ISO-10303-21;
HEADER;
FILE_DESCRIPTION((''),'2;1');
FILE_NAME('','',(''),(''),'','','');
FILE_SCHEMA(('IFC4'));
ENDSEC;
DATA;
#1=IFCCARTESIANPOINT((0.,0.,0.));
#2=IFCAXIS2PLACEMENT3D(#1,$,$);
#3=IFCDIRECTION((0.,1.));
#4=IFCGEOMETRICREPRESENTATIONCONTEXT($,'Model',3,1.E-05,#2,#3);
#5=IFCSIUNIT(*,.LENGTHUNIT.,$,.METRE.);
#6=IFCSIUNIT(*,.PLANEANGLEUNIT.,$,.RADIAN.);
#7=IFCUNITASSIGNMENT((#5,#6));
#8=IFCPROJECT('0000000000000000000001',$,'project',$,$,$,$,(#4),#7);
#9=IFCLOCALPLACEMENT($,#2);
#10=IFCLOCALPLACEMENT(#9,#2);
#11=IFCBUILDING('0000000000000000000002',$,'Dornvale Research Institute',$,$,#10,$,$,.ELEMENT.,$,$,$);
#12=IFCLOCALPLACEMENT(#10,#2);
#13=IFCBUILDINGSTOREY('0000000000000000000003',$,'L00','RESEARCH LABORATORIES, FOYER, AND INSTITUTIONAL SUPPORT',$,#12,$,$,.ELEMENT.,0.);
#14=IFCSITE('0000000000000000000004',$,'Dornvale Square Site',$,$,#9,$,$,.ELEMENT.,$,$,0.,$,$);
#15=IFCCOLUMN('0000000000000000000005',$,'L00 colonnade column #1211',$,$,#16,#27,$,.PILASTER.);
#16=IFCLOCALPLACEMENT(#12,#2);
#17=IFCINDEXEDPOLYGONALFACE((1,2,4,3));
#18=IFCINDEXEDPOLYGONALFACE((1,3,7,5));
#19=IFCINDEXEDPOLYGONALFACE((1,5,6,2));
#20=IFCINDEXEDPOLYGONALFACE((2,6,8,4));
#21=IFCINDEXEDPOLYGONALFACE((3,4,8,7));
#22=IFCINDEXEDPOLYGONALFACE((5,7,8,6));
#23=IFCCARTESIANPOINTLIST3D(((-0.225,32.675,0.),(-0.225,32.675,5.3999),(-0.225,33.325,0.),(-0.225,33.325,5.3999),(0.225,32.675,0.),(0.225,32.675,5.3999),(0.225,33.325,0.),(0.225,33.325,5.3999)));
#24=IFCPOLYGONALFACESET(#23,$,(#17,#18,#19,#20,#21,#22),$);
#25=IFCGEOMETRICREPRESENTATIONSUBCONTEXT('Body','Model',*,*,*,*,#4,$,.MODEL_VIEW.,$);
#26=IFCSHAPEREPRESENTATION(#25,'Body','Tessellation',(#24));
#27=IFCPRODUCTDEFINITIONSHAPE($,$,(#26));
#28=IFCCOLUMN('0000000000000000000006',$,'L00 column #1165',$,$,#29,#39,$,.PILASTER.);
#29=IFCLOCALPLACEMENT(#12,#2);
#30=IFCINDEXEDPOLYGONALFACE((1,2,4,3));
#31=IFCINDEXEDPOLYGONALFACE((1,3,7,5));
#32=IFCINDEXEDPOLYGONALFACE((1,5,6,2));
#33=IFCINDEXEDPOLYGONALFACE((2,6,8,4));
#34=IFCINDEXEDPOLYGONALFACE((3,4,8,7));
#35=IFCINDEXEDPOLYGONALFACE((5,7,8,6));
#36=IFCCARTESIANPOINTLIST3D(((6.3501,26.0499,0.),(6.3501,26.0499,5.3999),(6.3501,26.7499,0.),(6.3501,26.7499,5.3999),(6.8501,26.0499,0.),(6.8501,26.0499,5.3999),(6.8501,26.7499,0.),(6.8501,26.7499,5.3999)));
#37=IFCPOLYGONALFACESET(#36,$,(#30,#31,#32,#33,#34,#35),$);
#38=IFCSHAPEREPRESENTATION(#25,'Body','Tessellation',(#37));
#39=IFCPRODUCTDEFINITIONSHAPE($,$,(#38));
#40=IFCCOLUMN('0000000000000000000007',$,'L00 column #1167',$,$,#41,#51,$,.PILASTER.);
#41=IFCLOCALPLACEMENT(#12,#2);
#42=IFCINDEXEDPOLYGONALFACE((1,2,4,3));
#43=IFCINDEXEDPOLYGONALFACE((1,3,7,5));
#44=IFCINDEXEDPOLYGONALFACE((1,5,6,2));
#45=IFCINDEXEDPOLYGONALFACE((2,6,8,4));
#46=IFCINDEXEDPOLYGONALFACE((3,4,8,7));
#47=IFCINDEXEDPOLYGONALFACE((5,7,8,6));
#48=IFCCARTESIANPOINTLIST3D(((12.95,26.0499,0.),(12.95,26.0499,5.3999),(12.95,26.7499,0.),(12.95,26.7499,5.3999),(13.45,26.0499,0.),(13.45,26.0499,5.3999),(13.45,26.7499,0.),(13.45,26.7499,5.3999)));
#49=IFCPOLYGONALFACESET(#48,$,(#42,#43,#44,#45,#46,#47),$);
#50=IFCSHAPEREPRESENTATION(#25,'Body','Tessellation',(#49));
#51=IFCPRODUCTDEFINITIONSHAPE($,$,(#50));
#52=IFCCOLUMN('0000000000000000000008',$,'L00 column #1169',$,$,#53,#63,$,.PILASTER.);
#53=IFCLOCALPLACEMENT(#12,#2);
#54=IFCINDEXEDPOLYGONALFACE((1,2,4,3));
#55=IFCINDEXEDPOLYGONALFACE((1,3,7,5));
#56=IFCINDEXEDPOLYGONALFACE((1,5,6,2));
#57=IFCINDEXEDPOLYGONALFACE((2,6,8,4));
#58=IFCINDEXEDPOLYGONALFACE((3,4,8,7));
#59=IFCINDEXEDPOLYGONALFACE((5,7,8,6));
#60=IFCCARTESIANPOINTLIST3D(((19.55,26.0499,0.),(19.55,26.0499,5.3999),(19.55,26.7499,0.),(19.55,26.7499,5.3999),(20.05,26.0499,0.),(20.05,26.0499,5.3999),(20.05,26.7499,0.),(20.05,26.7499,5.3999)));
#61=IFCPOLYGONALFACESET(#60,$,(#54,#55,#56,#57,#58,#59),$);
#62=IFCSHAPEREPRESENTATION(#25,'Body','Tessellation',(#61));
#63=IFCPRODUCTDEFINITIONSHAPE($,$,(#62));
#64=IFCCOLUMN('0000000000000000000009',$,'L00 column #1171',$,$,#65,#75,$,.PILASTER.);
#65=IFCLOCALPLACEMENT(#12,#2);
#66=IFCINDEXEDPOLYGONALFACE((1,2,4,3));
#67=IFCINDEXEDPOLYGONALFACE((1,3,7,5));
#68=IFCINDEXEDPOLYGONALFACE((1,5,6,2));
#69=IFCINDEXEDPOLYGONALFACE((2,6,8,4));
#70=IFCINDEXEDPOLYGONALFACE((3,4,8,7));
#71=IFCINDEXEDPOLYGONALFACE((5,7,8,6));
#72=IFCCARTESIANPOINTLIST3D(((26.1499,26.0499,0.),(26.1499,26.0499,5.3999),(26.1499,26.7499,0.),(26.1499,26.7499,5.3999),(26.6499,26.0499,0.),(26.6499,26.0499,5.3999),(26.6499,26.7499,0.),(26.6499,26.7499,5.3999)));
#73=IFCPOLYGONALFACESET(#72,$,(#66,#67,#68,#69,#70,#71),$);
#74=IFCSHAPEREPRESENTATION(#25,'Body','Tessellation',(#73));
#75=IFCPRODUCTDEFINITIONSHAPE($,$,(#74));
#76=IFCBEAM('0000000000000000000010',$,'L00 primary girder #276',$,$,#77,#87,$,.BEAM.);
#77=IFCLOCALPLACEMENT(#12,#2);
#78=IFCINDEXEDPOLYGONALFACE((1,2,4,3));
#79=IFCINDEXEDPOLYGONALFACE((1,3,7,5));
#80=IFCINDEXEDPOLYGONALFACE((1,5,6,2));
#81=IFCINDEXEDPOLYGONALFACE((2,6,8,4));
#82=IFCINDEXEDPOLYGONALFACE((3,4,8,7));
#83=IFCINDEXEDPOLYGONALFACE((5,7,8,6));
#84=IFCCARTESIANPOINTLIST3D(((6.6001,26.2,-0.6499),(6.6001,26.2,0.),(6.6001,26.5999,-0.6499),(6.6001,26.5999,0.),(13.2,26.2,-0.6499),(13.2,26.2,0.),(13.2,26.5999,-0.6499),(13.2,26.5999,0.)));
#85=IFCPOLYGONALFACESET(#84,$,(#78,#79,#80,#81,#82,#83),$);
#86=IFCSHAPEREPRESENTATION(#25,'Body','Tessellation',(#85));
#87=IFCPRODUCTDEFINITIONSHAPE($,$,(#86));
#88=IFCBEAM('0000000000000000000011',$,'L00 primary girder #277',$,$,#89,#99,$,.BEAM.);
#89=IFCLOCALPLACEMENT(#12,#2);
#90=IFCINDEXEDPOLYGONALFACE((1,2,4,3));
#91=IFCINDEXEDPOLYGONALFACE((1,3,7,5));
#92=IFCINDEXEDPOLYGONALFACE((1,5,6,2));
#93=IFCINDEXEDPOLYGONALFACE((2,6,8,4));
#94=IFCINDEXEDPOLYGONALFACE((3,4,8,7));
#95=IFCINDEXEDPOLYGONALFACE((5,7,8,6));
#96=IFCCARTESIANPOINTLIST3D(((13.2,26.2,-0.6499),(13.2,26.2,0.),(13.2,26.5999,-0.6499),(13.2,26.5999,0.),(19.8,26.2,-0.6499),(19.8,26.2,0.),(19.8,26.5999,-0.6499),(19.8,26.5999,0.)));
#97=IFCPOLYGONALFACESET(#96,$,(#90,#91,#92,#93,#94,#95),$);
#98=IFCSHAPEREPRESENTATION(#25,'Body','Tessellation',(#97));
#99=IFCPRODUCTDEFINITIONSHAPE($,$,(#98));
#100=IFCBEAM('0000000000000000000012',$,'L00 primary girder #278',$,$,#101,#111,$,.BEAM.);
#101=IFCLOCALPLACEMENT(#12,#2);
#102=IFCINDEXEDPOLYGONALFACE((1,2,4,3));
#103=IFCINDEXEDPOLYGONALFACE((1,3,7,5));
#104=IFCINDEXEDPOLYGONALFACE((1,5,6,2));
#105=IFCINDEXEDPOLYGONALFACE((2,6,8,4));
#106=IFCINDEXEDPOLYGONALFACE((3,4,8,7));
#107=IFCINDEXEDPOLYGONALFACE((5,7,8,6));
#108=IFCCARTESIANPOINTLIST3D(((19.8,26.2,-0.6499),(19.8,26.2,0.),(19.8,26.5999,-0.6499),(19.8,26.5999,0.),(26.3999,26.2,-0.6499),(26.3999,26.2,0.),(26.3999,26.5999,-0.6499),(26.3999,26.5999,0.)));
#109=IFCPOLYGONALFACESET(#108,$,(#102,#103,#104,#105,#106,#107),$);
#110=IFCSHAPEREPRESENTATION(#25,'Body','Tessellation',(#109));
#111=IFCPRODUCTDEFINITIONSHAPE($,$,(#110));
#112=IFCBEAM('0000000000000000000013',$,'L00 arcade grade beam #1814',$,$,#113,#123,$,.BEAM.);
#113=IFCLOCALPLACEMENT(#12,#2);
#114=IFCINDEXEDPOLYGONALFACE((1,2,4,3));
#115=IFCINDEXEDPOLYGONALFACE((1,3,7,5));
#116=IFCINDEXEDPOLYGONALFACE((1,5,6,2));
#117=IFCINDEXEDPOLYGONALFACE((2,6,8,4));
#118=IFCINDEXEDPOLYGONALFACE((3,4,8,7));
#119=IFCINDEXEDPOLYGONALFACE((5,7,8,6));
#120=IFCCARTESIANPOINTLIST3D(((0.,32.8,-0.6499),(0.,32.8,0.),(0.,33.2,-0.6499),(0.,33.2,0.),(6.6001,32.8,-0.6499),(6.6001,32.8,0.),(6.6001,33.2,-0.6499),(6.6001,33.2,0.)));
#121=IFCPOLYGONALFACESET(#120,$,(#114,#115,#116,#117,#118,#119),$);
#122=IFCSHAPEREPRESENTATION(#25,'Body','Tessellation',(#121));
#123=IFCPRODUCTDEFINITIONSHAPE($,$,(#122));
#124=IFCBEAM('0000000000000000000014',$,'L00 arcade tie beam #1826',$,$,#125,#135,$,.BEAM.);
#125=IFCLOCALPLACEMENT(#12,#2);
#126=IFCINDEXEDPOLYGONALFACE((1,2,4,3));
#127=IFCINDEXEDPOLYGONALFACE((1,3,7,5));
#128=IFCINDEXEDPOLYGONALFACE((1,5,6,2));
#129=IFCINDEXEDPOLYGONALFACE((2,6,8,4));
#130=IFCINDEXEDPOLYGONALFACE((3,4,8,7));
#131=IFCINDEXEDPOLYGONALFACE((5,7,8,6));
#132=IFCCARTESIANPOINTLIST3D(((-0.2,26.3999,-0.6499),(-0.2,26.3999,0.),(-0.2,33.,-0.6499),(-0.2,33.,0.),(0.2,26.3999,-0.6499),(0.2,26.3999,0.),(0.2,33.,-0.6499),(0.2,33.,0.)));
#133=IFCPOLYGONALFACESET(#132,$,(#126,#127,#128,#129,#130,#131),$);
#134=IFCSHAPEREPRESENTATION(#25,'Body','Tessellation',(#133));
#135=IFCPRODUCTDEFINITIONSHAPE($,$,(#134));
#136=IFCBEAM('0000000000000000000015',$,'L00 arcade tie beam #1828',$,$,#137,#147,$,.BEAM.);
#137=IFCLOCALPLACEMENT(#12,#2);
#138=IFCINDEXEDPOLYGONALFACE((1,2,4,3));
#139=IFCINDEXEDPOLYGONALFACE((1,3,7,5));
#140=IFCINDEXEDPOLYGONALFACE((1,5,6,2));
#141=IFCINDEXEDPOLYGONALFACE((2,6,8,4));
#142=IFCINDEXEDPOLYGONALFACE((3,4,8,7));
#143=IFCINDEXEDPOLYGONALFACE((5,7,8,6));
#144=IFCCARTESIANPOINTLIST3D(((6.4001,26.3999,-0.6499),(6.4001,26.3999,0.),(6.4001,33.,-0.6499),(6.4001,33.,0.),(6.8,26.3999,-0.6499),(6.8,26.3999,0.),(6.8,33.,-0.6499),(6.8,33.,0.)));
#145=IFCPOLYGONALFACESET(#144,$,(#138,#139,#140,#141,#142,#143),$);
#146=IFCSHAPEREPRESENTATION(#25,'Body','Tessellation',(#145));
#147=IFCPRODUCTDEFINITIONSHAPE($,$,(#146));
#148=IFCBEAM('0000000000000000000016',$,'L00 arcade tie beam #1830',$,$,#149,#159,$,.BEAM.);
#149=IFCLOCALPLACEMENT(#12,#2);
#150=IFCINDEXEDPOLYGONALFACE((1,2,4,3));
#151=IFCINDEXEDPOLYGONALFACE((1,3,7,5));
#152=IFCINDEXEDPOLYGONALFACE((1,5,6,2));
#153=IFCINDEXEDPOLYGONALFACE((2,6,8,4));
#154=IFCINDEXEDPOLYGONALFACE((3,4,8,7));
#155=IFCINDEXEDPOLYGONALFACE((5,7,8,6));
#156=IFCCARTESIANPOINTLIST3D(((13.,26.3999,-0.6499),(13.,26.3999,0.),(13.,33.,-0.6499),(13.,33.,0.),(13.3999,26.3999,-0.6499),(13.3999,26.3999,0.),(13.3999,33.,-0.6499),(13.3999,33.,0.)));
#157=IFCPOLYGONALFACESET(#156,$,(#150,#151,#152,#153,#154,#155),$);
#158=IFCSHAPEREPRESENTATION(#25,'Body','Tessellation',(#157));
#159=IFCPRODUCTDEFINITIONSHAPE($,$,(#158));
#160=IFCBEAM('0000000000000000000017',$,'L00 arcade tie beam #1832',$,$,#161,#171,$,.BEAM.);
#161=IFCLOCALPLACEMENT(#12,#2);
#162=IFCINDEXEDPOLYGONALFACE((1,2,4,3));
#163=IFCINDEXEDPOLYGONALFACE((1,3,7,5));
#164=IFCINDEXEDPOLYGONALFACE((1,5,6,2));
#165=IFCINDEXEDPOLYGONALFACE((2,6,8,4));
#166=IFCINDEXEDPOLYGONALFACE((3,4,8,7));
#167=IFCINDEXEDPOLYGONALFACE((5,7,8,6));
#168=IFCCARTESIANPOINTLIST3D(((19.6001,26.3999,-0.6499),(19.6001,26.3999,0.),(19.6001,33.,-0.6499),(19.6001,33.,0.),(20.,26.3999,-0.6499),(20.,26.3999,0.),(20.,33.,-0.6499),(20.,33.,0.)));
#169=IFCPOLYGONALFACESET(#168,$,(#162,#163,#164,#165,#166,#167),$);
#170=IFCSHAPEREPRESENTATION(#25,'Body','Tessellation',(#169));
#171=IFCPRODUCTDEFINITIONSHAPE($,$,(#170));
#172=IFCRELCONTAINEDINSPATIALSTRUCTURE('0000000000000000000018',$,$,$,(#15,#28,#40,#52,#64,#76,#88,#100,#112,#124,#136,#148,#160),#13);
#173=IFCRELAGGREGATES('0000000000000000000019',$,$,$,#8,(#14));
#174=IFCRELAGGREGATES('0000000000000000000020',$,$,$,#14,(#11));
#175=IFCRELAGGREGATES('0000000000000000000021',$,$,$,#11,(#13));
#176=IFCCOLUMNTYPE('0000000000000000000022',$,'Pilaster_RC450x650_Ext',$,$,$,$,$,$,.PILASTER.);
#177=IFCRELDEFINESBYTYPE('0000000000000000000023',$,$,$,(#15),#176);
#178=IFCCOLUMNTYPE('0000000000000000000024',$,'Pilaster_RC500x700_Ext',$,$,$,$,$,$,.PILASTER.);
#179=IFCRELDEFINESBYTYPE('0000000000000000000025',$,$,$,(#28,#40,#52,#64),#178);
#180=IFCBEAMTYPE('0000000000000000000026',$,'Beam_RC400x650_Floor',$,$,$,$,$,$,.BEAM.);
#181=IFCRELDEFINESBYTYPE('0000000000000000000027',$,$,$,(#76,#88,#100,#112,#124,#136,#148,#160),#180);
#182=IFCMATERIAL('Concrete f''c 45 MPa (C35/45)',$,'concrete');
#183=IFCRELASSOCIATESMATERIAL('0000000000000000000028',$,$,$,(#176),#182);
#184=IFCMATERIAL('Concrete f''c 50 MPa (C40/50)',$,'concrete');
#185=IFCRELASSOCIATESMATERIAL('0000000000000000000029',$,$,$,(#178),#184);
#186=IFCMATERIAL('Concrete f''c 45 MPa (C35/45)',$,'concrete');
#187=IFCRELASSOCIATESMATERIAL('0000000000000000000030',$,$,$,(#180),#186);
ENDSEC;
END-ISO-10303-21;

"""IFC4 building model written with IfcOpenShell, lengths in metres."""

from ifc_helpers import new_model, si_unit, direction, frame, origin, origin_2d, place, context, subcontext, project, spatial, rectangle, extrude, material, material_profile, profile_set, type_object, element, save


model = new_model("IFC4")

# Units and contexts
model_context = context("Model", 3, precision=1e-05, world=origin(), true_north=direction((0.0, 1.0)))
body_context = subcontext(model_context, "Body", "Model", "MODEL_VIEW")
ifc_project = project(units=[si_unit("LENGTHUNIT", "METRE"), si_unit("PLANEANGLEUNIT", "RADIAN")], contexts=[model_context])

# Site, building, storey
site_placement = place(None, origin())
site = spatial("IfcSite", under=ifc_project, at=site_placement, Name="Dornvale Square Site", CompositionType="ELEMENT", RefElevation=0.0)
building_placement = place(site_placement, origin())
building = spatial("IfcBuilding", under=site, at=building_placement, Name="Dornvale Research Institute", CompositionType="ELEMENT")
storey_placement = place(building_placement, origin())
storey = spatial("IfcBuildingStorey", under=building, at=storey_placement, Name="L00", Description="RESEARCH LABORATORIES, FOYER, AND INSTITUTIONAL SUPPORT", CompositionType="ELEMENT", Elevation=0.0)

# Columns
ifc_material_1 = material(Name="Concrete f'c 45 MPa (C35/45)", Category="concrete")
ifc_material_profile_1 = material_profile(ifc_material_1, rectangle(XDim=0.45, YDim=0.6499, at=origin_2d()), Name="RC 450x650")
ifc_profile_set_1 = profile_set([ifc_material_profile_1], Name="Concrete f'c 45 MPa (C35/45)")
column_type_1 = type_object("IfcColumnType", Name="Pilaster_RC450x650_Ext", PredefinedType="PILASTER", material=ifc_profile_set_1)
column_placement = place(storey_placement, frame((0.0, 33.0, 0.0), z_axis=(0.0, 0.0, 1.0), x_axis=(1.0, 0.0, 0.0)))
element("IfcColumn", 1, at=column_placement, inside=storey, type_object=column_type_1, Name="L00 colonnade column #1211", PredefinedType="PILASTER", context=body_context, shape_type="SweptSolid", body=[
    extrude(rectangle(XDim=0.45, YDim=0.6499, at=origin_2d()), origin(), (0.0, 0.0, 1.0), 5.3999),
])
ifc_material_2 = material(Name="Concrete f'c 50 MPa (C40/50)", Category="concrete")
ifc_material_profile_2 = material_profile(ifc_material_2, rectangle(XDim=0.5, YDim=0.7, at=origin_2d()), Name="RC 500x700")
ifc_profile_set_2 = profile_set([ifc_material_profile_2], Name="Concrete f'c 50 MPa (C40/50)")
column_type_2 = type_object("IfcColumnType", Name="Pilaster_RC500x700_Ext", PredefinedType="PILASTER", material=ifc_profile_set_2)
for number, where, z_axis, x_axis, name in (
    (2, (6.6001, 26.3999, 0.0), (0.0, 0.0, 1.0), (1.0, 0.0, 0.0), "L00 column #1165"),
    (3, (13.2, 26.3999, 0.0), (0.0, 0.0, 1.0), (1.0, 0.0, 0.0), "L00 column #1167"),
    (4, (19.8, 26.3999, 0.0), (0.0, 0.0, 1.0), (1.0, 0.0, 0.0), "L00 column #1169"),
    (5, (26.3999, 26.3999, 0.0), (0.0, 0.0, 1.0), (1.0, 0.0, 0.0), "L00 column #1171"),
):
    element("IfcColumn", number, at=place(storey_placement, frame(where, z_axis=z_axis, x_axis=x_axis)), inside=storey, type_object=column_type_2, Name=name, PredefinedType="PILASTER", context=body_context, shape_type="SweptSolid", body=[
        extrude(rectangle(XDim=0.5, YDim=0.7, at=origin_2d()), origin(), (0.0, 0.0, 1.0), 5.3999),
    ])

# Beams
ifc_material_3 = material(Name="Concrete f'c 45 MPa (C35/45)", Category="concrete")
ifc_material_profile_3 = material_profile(ifc_material_3, rectangle(XDim=0.3999, YDim=0.6499, at=origin_2d()), Name="RC 400x650")
ifc_profile_set_3 = profile_set([ifc_material_profile_3], Name="Concrete f'c 45 MPa (C35/45)")
beam_type = type_object("IfcBeamType", Name="Beam_RC400x650_Floor", PredefinedType="BEAM", material=ifc_profile_set_3)
beam_1_placement = place(storey_placement, frame((6.6001, 26.3999, -0.325), z_axis=(1.0, 0.0, 0.0), x_axis=(0.0, 1.0, 0.0)))
element("IfcBeam", 6, at=beam_1_placement, inside=storey, type_object=beam_type, Name="L00 primary girder #276", PredefinedType="BEAM", context=body_context, shape_type="SweptSolid", body=[
    extrude(rectangle(XDim=0.3999, YDim=0.6499, at=origin_2d()), origin(), (0.0, 0.0, 1.0), 6.5999),
])
beam_2_placement = place(storey_placement, frame((13.2, 26.3999, -0.325), z_axis=(1.0, 0.0, 0.0), x_axis=(0.0, 1.0, 0.0)))
element("IfcBeam", 7, at=beam_2_placement, inside=storey, type_object=beam_type, Name="L00 primary girder #277", PredefinedType="BEAM", context=body_context, shape_type="SweptSolid", body=[
    extrude(rectangle(XDim=0.3999, YDim=0.6499, at=origin_2d()), origin(), (0.0, 0.0, 1.0), 6.6001),
])
beam_3_placement = place(storey_placement, frame((19.8, 26.3999, -0.325), z_axis=(1.0, 0.0, 0.0), x_axis=(0.0, 1.0, 0.0)))
element("IfcBeam", 8, at=beam_3_placement, inside=storey, type_object=beam_type, Name="L00 primary girder #278", PredefinedType="BEAM", context=body_context, shape_type="SweptSolid", body=[
    extrude(rectangle(XDim=0.3999, YDim=0.6499, at=origin_2d()), origin(), (0.0, 0.0, 1.0), 6.5999),
])
for number, where, z_axis, x_axis, name in (
    (9, (0.0, 33.0, -0.325), (1.0, 0.0, 0.0), (0.0, 1.0, 0.0), "L00 arcade grade beam #1814"),
    (10, (0.0, 26.3999, -0.325), (0.0, 1.0, 0.0), (-1.0, 0.0, 0.0), "L00 arcade tie beam #1826"),
    (11, (6.6001, 26.3999, -0.325), (0.0, 1.0, 0.0), (-1.0, 0.0, 0.0), "L00 arcade tie beam #1828"),
    (12, (13.2, 26.3999, -0.325), (0.0, 1.0, 0.0), (-1.0, 0.0, 0.0), "L00 arcade tie beam #1830"),
    (13, (19.8, 26.3999, -0.325), (0.0, 1.0, 0.0), (-1.0, 0.0, 0.0), "L00 arcade tie beam #1832"),
):
    element("IfcBeam", number, at=place(storey_placement, frame(where, z_axis=z_axis, x_axis=x_axis)), inside=storey, type_object=beam_type, Name=name, PredefinedType="BEAM", context=body_context, shape_type="SweptSolid", body=[
        extrude(rectangle(XDim=0.3999, YDim=0.6499, at=origin_2d()), origin(), (0.0, 0.0, 1.0), 6.6001),
    ])

save(model, "model.ifc")
